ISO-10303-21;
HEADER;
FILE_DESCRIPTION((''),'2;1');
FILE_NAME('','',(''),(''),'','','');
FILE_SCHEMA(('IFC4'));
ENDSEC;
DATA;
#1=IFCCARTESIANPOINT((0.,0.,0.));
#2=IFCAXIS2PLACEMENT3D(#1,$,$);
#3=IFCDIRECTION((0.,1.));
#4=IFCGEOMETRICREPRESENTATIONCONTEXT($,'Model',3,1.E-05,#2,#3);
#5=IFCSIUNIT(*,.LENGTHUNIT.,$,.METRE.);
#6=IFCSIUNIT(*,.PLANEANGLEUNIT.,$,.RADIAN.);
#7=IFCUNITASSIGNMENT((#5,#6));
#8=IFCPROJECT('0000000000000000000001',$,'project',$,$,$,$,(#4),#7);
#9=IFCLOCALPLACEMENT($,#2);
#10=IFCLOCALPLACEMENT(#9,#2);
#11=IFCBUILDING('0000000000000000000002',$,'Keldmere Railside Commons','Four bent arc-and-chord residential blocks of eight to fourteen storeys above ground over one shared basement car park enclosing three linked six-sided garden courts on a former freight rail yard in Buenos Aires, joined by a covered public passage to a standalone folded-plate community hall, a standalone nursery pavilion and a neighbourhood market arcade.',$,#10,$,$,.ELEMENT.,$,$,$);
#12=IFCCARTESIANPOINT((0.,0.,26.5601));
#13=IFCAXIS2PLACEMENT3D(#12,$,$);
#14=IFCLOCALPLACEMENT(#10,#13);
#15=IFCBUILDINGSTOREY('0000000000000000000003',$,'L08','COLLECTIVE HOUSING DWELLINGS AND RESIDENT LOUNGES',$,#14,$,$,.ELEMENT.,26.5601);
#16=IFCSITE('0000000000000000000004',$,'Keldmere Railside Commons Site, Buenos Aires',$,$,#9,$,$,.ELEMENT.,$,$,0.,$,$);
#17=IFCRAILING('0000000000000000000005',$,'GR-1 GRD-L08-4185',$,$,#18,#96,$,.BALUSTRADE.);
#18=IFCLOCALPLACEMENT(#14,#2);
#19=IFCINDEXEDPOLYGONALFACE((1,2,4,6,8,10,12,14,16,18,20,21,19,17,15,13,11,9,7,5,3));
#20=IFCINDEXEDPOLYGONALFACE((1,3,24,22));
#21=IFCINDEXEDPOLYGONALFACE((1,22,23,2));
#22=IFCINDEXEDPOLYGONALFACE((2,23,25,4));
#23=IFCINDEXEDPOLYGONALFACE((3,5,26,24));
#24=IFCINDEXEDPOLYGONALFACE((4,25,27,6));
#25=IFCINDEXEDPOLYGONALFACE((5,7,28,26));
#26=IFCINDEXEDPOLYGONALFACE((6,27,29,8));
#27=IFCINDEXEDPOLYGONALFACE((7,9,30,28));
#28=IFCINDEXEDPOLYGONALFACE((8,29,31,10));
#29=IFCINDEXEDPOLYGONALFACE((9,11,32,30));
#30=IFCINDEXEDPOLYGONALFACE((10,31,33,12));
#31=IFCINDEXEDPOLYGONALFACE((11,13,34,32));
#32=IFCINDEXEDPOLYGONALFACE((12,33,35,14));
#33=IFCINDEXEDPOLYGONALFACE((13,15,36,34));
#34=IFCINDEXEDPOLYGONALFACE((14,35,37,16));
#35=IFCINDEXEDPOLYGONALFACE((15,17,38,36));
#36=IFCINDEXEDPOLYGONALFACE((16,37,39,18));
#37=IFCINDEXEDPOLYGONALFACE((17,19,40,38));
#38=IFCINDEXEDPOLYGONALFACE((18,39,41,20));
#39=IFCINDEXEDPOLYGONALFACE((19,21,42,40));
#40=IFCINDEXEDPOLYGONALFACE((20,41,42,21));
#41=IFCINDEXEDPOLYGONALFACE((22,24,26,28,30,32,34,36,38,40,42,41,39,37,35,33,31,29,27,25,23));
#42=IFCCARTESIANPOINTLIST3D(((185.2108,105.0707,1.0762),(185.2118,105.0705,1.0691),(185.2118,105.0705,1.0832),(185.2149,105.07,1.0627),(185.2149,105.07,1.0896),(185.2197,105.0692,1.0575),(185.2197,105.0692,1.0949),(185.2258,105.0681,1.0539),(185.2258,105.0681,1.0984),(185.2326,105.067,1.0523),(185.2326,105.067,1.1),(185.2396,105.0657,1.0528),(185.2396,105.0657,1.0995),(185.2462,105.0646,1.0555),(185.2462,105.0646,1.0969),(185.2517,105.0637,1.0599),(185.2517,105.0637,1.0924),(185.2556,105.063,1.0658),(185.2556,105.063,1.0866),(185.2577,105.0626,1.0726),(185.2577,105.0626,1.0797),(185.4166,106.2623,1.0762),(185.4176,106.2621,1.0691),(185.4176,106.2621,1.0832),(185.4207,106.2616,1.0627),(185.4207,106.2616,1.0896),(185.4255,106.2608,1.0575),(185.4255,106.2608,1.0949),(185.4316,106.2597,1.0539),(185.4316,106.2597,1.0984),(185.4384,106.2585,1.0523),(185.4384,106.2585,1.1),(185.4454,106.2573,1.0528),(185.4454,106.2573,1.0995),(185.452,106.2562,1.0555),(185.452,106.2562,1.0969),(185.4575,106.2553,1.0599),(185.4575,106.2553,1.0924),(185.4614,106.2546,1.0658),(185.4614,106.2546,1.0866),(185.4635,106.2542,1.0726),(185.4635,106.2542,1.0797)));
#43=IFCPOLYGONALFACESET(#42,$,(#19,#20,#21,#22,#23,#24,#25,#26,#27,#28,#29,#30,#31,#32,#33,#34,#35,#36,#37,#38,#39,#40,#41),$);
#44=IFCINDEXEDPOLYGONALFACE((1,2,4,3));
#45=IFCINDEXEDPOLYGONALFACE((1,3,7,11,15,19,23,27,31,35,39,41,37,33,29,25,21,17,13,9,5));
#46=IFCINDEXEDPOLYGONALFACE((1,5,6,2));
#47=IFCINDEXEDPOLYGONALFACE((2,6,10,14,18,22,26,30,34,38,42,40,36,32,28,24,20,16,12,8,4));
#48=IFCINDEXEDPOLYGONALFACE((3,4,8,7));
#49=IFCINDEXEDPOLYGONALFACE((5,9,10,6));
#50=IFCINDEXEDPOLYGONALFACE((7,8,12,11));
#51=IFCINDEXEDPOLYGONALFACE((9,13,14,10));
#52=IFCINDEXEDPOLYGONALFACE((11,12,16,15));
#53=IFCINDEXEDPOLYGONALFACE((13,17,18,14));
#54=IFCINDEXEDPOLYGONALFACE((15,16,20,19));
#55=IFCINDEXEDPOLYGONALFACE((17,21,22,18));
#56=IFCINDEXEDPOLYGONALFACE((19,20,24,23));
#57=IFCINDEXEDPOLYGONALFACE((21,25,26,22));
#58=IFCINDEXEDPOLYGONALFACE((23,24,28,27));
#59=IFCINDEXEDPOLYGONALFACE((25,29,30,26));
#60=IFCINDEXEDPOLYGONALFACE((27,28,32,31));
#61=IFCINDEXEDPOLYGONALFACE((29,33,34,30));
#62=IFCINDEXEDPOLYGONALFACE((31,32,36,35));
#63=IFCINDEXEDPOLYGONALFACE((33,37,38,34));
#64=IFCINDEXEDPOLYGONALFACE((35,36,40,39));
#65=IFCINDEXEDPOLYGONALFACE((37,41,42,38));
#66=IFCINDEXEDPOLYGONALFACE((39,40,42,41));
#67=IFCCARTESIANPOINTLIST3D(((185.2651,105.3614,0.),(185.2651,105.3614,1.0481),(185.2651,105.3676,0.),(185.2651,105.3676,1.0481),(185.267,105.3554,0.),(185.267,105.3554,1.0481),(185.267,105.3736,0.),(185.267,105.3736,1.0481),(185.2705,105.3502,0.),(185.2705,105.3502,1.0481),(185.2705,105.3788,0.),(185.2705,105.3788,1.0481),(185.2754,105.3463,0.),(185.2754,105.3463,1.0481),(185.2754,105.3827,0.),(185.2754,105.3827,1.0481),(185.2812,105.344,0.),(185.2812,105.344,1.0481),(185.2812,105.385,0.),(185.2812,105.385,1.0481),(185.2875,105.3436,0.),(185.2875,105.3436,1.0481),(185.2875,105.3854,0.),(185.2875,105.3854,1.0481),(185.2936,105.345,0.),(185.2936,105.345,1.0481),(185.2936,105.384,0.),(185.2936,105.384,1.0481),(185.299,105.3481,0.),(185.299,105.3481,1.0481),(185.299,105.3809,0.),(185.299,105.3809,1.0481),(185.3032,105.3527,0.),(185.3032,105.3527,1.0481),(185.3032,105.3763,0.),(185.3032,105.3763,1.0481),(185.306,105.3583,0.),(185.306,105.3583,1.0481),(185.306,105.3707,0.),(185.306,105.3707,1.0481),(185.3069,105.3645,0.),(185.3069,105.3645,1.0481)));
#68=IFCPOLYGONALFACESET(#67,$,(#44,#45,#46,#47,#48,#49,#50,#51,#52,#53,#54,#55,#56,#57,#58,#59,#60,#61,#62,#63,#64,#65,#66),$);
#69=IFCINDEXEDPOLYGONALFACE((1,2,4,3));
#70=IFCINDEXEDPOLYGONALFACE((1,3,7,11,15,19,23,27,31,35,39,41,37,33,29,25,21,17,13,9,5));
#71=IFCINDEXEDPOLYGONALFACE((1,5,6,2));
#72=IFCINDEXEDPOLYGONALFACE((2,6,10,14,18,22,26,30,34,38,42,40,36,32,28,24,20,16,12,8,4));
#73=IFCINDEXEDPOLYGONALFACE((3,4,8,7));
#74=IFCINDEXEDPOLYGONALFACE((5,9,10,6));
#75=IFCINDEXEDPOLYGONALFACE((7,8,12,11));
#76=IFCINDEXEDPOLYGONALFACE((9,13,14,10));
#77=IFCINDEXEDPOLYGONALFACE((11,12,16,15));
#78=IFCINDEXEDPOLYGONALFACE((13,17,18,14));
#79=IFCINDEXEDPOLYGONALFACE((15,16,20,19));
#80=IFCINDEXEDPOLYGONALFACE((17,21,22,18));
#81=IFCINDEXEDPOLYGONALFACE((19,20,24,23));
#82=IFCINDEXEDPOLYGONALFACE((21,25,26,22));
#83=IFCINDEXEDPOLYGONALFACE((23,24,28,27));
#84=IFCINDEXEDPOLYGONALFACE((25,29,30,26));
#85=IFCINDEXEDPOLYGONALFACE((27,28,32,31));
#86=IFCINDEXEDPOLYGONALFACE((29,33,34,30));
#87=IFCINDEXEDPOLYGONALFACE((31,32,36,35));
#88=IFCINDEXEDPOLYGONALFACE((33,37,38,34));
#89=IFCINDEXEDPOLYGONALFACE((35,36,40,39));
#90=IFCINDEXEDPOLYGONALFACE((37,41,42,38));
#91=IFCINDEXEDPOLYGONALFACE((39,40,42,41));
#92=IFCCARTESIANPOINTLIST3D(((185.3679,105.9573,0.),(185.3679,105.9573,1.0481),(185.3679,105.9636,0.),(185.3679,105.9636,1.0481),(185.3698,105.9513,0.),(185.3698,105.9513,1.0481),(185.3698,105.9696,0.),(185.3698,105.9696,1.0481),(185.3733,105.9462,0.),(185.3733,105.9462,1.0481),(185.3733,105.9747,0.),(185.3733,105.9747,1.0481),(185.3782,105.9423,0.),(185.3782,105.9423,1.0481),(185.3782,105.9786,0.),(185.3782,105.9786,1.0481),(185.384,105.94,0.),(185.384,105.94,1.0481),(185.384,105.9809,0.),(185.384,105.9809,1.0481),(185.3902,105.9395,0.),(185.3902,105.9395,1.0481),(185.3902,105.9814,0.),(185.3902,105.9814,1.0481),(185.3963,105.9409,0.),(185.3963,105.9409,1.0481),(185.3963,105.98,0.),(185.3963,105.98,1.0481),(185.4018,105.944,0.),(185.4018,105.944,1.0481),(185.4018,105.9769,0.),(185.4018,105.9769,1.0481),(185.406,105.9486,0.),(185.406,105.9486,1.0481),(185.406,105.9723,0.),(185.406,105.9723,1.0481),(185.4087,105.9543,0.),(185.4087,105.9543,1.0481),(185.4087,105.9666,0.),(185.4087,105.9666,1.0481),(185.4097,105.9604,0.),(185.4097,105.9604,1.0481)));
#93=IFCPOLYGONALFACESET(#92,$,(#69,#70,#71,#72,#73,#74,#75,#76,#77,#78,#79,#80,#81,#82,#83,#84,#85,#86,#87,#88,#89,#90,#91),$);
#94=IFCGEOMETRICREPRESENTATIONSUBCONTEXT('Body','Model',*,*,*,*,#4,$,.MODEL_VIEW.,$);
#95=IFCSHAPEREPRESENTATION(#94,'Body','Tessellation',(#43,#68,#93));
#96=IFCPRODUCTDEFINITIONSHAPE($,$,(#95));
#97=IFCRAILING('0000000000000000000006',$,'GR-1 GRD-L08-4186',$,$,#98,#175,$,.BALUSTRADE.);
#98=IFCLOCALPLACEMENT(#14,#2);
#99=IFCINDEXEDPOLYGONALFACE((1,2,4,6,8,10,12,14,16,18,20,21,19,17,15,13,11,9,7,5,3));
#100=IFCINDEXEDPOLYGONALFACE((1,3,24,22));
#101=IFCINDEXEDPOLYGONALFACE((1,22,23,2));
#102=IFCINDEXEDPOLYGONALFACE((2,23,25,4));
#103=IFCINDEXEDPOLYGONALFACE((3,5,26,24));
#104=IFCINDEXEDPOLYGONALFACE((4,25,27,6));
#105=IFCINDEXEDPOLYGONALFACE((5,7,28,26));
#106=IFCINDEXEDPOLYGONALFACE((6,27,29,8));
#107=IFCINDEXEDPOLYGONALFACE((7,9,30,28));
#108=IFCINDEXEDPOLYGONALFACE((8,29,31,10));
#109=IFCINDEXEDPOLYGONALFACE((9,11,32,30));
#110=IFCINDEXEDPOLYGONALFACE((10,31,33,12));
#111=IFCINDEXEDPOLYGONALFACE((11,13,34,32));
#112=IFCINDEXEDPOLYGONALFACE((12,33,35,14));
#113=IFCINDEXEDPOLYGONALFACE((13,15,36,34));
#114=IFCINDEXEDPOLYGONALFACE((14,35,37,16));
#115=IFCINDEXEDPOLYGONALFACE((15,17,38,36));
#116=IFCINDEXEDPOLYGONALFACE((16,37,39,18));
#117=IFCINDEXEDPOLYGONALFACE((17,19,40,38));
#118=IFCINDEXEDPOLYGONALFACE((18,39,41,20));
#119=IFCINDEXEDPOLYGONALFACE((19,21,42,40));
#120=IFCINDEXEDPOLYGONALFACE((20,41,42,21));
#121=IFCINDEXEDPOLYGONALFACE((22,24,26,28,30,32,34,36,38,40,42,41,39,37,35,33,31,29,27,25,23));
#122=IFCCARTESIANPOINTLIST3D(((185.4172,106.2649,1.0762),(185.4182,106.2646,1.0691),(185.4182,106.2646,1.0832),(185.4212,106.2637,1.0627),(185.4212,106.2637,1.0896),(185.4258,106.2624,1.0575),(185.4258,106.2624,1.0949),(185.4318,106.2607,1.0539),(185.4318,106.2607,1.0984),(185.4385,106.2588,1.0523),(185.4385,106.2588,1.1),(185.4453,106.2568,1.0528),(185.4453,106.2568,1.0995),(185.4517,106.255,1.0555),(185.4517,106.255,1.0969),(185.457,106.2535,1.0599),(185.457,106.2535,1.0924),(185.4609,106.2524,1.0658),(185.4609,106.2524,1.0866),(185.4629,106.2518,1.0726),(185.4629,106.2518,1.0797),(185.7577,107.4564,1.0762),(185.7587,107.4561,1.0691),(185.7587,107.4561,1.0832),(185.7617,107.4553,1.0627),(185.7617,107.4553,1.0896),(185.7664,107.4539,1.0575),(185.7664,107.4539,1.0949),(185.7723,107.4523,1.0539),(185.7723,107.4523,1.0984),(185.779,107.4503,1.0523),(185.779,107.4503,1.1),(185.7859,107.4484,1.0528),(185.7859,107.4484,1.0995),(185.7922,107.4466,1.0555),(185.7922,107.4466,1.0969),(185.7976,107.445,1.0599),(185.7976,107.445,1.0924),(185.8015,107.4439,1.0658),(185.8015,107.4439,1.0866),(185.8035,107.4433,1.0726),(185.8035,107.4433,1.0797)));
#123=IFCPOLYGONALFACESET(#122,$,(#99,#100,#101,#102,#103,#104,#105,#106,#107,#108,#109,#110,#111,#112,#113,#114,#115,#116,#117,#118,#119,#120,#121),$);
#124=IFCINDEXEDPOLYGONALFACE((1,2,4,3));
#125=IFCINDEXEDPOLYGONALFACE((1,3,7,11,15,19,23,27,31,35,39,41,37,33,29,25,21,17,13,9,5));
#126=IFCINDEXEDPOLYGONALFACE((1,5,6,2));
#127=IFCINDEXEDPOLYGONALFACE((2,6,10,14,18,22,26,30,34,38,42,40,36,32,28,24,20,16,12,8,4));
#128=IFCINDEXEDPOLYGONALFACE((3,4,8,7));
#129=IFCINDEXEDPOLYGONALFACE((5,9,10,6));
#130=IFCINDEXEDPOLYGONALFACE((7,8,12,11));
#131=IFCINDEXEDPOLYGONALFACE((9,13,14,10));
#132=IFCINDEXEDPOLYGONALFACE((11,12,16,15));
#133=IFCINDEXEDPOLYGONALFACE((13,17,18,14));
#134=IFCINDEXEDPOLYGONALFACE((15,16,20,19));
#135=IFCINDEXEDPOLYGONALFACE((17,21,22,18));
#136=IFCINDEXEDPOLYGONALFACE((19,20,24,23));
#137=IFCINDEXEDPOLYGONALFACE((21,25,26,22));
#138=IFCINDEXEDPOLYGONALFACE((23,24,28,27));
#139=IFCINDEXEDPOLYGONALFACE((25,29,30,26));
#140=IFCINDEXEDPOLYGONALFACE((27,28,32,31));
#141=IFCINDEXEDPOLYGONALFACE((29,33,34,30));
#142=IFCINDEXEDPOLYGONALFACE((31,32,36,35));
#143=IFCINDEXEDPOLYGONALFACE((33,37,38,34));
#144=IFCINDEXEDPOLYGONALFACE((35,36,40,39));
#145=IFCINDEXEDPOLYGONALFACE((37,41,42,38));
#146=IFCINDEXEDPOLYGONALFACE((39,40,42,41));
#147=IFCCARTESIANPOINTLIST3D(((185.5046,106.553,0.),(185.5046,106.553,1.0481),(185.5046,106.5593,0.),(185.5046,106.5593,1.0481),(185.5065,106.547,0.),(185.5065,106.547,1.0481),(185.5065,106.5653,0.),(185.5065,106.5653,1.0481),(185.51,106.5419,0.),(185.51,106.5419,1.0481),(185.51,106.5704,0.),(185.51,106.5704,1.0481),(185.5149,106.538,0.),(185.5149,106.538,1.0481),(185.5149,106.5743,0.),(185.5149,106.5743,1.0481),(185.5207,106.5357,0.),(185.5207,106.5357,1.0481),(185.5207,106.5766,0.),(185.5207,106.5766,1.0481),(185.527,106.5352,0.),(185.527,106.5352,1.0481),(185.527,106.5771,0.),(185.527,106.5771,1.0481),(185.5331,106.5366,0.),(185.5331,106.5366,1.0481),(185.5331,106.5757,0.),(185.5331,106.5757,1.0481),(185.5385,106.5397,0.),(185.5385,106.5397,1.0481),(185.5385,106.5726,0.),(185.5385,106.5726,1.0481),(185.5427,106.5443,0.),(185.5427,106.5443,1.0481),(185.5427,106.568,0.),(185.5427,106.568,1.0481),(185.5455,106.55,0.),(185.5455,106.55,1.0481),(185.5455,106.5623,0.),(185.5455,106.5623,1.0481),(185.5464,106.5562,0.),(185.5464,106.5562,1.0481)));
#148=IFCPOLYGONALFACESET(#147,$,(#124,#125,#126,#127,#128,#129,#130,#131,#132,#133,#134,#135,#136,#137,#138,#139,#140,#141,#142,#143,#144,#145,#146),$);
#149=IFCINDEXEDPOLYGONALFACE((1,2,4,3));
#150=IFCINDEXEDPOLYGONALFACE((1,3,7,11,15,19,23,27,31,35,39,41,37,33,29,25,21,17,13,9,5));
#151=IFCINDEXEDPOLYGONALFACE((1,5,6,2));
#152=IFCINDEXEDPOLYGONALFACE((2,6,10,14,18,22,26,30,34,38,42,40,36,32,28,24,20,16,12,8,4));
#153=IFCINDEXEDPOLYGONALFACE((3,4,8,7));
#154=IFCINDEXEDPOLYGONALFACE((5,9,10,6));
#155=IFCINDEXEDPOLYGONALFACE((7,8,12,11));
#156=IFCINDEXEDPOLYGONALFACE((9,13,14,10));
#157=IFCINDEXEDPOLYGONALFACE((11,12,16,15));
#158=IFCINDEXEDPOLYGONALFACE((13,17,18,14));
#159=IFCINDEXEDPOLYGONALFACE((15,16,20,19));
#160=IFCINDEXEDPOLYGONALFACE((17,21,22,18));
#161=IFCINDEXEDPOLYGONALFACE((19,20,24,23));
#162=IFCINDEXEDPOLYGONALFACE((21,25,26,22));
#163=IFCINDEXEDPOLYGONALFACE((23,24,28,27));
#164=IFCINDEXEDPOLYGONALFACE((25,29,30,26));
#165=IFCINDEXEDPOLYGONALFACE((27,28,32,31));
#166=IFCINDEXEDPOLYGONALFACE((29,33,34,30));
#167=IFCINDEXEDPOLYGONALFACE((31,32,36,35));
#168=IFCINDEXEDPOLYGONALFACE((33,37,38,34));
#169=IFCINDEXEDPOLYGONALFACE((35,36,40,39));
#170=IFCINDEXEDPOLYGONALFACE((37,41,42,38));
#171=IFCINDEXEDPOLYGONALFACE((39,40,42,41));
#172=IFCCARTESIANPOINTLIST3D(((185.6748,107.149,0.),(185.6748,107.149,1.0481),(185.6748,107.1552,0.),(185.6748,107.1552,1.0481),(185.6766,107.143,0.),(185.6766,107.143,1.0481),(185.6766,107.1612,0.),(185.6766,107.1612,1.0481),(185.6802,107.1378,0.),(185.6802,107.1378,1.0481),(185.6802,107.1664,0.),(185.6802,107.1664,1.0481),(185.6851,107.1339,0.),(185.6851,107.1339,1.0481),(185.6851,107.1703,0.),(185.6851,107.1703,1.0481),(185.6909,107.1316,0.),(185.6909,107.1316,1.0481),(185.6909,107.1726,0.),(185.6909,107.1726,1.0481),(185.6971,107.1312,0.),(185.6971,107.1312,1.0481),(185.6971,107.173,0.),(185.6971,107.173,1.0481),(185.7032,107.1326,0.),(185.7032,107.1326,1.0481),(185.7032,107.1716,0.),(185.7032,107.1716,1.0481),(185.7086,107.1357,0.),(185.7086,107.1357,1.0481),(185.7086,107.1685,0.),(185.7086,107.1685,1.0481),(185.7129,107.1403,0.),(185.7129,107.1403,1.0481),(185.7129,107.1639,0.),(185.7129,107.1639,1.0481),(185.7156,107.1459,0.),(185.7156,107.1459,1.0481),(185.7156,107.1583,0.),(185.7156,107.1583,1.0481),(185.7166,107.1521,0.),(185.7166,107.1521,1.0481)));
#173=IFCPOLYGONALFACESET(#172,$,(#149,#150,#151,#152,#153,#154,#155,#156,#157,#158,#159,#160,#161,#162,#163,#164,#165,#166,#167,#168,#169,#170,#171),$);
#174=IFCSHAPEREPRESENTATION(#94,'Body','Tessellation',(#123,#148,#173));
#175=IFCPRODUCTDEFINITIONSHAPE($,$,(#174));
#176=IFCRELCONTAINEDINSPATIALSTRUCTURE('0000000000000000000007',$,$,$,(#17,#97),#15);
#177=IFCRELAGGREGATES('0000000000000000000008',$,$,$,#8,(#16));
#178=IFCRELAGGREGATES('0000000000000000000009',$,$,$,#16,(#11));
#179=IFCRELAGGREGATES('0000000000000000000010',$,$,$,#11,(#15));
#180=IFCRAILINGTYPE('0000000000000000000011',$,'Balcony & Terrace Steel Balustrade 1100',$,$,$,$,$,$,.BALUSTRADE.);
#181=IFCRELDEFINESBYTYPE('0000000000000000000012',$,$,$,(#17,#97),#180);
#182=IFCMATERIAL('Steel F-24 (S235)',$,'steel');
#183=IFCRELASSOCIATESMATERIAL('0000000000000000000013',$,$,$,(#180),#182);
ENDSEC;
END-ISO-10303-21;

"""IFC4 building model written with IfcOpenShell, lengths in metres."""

from ifc_helpers import new_model, si_unit, direction, frame, origin, origin_2d, place, context, subcontext, project, spatial, circle, extrude, material, type_object, element, save


model = new_model("IFC4")

# Units and contexts
model_context = context("Model", 3, precision=1e-05, world=origin(), true_north=direction((0.0, 1.0)))
body_context = subcontext(model_context, "Body", "Model", "MODEL_VIEW")
ifc_project = project(units=[si_unit("LENGTHUNIT", "METRE"), si_unit("PLANEANGLEUNIT", "RADIAN")], contexts=[model_context])

# Site, building, storey
site_placement = place(None, origin())
site = spatial("IfcSite", under=ifc_project, at=site_placement, Name="Keldmere Railside Commons Site, Buenos Aires", CompositionType="ELEMENT", RefElevation=0.0)
building_placement = place(site_placement, origin())
building = spatial("IfcBuilding", under=site, at=building_placement, Name="Keldmere Railside Commons", Description="Four bent arc-and-chord residential blocks of eight to fourteen storeys above ground over one shared basement car park enclosing three linked six-sided garden courts on a former freight rail yard in Buenos Aires, joined by a covered public passage to a standalone folded-plate community hall, a standalone nursery pavilion and a neighbourhood market arcade.", CompositionType="ELEMENT")
storey_placement = place(building_placement, frame((0.0, 0.0, 26.5601)))
storey = spatial("IfcBuildingStorey", under=building, at=storey_placement, Name="L08", Description="COLLECTIVE HOUSING DWELLINGS AND RESIDENT LOUNGES", CompositionType="ELEMENT", Elevation=26.5601)

# Railings
ifc_material_1 = material(Name="Steel F-24 (S235)", Category="steel")
railing_type = type_object("IfcRailingType", Name="Balcony & Terrace Steel Balustrade 1100", PredefinedType="BALUSTRADE", material=ifc_material_1)
railing_1_placement = place(storey_placement, frame((185.2344, 105.0667, 0.0)))
element("IfcRailing", 1, at=railing_1_placement, inside=storey, type_object=railing_type, Name="GR-1 GRD-L08-4185", PredefinedType="BALUSTRADE", context=body_context, shape_type="SweptSolid", body=[
    extrude(circle(Radius=0.0239, at=origin_2d()), frame((0.0, 0.0, 1.0762), z_axis=(0.170191, 0.985411, 0.0), x_axis=(-0.985411, 0.170191, 0.0)), (0.0, 0.0, 1.0), 1.2092),
    extrude(circle(Radius=0.021, at=origin_2d()), frame((0.0515, 0.2979, 0.0)), (0.0, 0.0, 1.0), 1.0481),
    extrude(circle(Radius=0.021, at=origin_2d()), frame((0.1543, 0.8938, 0.0)), (0.0, 0.0, 1.0), 1.0481),
])
railing_2_placement = place(storey_placement, frame((185.4402, 106.2583, 0.0)))
element("IfcRailing", 2, at=railing_2_placement, inside=storey, type_object=railing_type, Name="GR-1 GRD-L08-4186", PredefinedType="BALUSTRADE", context=body_context, shape_type="SweptSolid", body=[
    extrude(circle(Radius=0.0239, at=origin_2d()), frame((0.0, 0.0, 1.0762), z_axis=(0.274799, 0.961502, 0.0), x_axis=(-0.961502, 0.274799, 0.0)), (0.0, 0.0, 1.0), 1.2393),
    extrude(circle(Radius=0.021, at=origin_2d()), frame((0.0852, 0.2979, 0.0)), (0.0, 0.0, 1.0), 1.0481),
    extrude(circle(Radius=0.021, at=origin_2d()), frame((0.2554, 0.8938, 0.0)), (0.0, 0.0, 1.0), 1.0481),
])

save(model, "model.ifc")
